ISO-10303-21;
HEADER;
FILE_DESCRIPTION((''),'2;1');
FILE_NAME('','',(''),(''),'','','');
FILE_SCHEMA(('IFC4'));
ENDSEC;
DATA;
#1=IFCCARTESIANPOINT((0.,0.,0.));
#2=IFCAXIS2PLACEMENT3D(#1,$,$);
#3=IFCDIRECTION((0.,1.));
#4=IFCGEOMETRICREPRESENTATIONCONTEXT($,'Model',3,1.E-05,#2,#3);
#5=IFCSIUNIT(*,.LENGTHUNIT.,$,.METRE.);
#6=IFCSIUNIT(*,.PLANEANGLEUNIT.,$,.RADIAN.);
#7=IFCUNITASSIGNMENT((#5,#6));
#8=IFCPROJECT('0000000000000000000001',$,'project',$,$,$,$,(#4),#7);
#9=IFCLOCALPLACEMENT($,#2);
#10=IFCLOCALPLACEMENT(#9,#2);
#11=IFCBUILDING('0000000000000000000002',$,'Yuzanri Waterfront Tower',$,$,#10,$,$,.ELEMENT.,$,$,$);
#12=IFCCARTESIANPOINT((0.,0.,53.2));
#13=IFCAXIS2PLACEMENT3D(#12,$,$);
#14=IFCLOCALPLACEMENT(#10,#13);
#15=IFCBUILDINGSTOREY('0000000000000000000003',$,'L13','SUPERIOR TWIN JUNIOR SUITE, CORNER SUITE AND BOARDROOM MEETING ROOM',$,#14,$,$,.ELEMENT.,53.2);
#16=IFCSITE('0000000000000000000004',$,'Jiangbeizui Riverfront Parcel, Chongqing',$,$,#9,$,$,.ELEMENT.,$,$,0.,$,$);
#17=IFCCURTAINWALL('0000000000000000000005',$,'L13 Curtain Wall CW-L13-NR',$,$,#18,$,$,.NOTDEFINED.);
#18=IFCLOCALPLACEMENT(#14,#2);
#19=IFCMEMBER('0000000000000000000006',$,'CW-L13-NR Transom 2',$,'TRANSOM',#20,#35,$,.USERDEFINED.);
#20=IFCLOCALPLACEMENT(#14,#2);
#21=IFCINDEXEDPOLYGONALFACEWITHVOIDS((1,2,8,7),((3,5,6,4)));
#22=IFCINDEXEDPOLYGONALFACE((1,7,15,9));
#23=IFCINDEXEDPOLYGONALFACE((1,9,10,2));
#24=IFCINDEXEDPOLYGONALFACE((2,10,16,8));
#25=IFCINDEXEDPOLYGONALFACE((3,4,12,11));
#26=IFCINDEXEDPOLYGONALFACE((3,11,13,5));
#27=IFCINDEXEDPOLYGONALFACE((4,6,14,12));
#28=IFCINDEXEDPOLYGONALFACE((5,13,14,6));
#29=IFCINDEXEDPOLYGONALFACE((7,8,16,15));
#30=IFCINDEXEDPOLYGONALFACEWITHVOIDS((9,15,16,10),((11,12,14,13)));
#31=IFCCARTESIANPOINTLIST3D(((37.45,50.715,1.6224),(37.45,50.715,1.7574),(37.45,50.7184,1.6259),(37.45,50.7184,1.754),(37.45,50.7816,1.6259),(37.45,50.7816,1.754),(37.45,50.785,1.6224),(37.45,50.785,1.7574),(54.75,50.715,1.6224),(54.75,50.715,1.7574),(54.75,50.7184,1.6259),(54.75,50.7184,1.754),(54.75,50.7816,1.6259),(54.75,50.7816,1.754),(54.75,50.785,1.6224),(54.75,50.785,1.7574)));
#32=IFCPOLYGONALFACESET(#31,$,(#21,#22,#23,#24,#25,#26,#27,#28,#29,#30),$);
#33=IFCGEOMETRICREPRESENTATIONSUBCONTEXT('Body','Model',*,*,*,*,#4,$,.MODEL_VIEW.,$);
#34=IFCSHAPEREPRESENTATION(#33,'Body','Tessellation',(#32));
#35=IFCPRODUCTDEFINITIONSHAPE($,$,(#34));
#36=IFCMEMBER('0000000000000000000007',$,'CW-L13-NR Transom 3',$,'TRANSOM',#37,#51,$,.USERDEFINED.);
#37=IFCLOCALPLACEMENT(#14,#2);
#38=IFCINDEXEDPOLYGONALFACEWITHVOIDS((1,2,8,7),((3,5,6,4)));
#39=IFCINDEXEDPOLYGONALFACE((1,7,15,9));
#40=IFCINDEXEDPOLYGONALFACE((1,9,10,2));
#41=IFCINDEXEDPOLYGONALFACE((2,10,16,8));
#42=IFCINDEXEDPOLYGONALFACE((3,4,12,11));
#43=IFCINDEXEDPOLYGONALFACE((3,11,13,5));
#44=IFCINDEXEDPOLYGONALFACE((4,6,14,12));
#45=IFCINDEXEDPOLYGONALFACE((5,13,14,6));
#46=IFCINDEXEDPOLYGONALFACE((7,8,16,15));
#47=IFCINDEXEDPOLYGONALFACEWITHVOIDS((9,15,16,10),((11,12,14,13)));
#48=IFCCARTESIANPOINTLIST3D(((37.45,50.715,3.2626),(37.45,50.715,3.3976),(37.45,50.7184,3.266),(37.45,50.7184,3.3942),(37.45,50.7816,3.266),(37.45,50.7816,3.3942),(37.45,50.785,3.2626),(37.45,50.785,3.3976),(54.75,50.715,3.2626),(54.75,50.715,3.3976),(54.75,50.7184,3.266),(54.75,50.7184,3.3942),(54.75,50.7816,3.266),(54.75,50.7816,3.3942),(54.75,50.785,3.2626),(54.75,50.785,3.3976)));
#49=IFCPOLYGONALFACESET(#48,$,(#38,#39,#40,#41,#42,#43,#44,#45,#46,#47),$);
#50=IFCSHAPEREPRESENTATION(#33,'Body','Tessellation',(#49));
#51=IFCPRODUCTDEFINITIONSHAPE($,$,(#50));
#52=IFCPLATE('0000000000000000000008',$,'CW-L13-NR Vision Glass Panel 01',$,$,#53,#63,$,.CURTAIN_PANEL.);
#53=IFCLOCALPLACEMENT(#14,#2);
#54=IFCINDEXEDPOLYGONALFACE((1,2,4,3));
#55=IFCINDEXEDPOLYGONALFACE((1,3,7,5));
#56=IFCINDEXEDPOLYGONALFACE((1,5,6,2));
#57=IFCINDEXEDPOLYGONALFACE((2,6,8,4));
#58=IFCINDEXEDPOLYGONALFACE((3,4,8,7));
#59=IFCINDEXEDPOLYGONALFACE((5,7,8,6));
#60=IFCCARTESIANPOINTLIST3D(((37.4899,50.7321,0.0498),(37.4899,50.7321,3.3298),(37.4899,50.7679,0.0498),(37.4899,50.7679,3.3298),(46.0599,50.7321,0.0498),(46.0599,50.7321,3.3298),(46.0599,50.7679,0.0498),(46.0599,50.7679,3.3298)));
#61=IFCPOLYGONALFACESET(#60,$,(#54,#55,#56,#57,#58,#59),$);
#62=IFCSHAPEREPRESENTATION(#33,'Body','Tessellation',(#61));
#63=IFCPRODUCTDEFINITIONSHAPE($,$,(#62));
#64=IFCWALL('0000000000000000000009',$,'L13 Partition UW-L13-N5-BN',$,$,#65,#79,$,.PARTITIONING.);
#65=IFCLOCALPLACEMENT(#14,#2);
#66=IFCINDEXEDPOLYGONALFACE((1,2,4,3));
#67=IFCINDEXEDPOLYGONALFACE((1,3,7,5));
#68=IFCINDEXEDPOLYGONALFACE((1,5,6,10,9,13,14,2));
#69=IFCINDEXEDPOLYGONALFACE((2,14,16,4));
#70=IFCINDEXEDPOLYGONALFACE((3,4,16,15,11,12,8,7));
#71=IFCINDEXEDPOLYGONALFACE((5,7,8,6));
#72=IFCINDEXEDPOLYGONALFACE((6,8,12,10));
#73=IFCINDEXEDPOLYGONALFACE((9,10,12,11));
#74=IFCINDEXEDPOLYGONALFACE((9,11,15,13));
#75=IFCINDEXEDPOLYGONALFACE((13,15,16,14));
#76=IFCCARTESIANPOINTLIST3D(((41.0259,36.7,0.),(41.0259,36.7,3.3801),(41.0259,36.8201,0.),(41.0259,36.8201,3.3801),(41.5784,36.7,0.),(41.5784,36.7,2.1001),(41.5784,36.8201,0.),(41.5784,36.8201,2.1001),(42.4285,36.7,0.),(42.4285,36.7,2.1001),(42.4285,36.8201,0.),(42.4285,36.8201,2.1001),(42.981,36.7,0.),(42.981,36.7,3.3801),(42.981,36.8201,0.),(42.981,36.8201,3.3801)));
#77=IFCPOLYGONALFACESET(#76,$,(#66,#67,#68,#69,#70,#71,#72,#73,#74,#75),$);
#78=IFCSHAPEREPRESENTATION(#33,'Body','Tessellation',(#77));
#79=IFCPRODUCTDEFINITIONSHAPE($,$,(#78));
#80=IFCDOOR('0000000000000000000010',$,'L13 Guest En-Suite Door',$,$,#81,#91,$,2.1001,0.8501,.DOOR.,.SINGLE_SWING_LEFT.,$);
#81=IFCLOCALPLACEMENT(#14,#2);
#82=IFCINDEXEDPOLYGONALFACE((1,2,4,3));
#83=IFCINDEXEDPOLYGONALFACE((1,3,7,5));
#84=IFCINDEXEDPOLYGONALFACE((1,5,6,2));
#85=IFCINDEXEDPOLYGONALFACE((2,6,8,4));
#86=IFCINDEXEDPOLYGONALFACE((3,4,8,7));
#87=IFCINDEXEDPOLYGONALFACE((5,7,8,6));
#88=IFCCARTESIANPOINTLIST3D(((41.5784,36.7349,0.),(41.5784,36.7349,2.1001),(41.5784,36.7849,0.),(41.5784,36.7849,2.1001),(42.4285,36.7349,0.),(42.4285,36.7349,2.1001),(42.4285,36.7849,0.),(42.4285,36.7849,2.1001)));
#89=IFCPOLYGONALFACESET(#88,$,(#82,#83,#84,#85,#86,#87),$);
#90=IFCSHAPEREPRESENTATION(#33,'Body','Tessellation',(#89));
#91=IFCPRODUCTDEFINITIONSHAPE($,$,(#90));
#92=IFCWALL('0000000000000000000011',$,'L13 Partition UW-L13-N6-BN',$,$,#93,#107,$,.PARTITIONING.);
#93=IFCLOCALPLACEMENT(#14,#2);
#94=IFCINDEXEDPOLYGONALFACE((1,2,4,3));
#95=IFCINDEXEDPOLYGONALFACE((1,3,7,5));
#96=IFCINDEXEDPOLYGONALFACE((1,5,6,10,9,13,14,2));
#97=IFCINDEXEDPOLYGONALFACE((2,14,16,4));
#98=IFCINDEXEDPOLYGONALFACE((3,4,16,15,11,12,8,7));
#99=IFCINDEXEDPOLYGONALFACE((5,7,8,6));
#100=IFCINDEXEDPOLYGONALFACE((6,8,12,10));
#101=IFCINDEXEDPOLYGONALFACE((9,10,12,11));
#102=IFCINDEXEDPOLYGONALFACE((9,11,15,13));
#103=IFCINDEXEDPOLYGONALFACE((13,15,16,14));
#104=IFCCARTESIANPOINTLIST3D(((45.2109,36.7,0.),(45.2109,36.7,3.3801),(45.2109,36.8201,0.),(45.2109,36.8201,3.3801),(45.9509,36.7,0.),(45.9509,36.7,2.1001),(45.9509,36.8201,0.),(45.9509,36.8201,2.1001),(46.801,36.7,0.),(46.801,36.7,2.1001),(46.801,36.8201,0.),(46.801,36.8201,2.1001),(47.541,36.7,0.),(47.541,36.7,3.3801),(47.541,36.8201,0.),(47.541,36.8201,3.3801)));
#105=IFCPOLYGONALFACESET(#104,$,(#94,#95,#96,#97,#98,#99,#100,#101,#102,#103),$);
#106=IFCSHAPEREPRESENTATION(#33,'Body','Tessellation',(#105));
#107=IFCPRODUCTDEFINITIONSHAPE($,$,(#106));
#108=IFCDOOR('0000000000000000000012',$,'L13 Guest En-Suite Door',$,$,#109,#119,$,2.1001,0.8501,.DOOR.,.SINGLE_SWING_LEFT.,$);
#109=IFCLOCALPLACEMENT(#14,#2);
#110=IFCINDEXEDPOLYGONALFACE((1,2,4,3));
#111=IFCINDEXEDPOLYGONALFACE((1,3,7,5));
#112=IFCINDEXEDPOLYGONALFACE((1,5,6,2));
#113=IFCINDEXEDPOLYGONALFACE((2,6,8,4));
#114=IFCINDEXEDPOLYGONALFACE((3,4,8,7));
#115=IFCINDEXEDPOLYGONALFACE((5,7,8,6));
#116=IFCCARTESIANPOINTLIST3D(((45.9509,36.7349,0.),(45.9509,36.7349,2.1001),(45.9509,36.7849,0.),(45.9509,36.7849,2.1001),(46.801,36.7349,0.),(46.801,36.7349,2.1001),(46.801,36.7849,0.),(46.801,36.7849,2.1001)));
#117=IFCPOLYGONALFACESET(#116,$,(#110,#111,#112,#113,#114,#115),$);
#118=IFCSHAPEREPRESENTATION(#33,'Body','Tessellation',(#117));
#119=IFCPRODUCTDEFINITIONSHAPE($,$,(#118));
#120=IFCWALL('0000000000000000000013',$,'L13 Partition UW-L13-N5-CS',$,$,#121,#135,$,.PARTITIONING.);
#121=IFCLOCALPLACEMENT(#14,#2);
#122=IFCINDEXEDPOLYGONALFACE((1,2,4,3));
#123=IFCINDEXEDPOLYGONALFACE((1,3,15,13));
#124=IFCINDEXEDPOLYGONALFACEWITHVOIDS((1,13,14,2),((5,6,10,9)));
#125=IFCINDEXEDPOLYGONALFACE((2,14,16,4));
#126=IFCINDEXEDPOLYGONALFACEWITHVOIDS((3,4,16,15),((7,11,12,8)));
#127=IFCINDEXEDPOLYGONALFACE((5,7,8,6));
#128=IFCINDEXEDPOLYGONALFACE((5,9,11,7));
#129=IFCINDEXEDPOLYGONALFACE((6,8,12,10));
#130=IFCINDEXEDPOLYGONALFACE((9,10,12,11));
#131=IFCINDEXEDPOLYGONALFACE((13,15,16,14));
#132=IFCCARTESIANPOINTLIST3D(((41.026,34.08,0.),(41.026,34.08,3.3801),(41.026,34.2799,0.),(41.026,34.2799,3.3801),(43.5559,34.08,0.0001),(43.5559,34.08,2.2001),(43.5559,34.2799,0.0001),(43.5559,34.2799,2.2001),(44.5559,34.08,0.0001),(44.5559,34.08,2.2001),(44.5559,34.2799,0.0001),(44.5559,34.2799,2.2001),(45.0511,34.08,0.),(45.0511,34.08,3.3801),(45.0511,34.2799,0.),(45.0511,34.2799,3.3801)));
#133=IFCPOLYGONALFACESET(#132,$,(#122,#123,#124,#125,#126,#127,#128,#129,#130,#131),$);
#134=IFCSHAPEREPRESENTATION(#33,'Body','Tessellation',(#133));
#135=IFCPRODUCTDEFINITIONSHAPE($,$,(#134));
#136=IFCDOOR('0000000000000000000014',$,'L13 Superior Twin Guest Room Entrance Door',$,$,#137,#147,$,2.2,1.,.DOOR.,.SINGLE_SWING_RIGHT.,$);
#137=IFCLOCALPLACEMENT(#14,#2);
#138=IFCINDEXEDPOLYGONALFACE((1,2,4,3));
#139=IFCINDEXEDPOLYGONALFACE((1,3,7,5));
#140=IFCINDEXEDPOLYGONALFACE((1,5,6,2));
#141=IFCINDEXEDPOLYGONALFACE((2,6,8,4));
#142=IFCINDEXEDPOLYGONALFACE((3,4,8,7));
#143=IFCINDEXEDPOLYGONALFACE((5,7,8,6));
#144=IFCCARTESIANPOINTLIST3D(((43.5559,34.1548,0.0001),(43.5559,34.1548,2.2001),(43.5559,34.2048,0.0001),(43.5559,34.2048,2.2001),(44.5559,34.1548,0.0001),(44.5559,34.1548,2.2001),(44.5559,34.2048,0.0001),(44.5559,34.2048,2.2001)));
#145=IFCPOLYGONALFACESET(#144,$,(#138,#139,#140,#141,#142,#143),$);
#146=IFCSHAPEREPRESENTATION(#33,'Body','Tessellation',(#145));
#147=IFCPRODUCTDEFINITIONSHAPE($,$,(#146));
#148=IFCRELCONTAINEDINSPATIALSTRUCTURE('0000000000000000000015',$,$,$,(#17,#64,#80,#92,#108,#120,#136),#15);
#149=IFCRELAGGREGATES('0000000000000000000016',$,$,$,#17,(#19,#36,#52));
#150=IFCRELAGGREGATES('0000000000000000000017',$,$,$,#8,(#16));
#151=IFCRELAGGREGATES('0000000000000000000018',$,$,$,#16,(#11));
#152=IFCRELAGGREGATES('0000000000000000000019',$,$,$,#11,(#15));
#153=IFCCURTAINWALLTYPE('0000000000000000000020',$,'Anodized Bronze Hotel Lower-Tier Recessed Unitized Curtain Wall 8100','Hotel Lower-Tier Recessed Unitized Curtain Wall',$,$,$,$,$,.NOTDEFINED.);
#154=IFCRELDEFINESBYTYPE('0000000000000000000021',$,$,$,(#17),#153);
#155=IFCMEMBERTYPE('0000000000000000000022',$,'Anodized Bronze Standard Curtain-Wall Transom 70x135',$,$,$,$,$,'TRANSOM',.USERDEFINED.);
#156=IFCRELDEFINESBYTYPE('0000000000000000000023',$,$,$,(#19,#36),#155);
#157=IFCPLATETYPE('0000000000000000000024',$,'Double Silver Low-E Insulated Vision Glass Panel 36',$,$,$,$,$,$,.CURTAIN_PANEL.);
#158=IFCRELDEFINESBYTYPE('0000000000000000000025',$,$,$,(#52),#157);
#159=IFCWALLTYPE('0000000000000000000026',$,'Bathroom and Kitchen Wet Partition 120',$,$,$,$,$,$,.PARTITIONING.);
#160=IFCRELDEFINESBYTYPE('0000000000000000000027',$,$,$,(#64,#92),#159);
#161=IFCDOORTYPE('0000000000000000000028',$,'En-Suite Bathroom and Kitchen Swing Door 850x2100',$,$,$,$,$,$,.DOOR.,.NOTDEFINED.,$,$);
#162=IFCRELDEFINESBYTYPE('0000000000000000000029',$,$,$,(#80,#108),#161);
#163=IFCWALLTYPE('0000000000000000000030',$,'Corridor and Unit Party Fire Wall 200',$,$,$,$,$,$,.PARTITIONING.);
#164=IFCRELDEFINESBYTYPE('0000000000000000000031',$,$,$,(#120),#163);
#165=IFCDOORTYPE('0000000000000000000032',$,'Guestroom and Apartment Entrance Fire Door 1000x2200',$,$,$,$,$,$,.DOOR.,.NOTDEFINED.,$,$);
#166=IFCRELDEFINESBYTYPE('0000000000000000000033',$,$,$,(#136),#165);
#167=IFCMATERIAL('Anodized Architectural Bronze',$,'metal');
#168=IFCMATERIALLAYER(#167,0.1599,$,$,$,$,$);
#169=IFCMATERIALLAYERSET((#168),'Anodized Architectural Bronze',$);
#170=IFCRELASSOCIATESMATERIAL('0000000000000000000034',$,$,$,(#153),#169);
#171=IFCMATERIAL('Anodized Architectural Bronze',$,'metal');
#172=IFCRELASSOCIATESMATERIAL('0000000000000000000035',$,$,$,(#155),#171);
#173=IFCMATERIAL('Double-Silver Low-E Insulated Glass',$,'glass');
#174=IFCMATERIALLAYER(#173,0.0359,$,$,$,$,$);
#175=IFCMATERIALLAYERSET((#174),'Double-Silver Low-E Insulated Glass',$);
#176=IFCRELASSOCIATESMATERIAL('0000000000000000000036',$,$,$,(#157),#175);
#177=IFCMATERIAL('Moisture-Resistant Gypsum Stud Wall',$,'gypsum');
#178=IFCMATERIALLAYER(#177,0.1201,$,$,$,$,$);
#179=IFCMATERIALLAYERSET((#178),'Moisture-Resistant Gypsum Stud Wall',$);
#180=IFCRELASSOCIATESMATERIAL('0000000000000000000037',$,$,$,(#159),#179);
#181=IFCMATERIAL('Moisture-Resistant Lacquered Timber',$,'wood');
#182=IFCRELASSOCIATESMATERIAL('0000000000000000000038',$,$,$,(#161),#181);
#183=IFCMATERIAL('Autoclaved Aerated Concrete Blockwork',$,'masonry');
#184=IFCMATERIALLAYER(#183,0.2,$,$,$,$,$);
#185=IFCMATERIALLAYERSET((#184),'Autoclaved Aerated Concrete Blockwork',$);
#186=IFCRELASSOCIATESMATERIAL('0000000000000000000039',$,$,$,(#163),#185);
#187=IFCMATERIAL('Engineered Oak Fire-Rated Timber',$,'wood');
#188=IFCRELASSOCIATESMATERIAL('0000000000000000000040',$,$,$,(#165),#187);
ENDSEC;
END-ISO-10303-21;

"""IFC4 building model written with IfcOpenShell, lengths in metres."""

from ifc_helpers import new_model, si_unit, direction, frame, frame_2d, origin, origin_2d, place, context, subcontext, project, spatial, rectangle, hollow_rectangle, extrude, source, transform, mapped, material, layer, layer_set, material_profile, profile_set, type_object, element, fill, aggregate, save


model = new_model("IFC4")

# Units and contexts
model_context = context("Model", 3, precision=1e-05, world=origin(), true_north=direction((0.0, 1.0)))
body_context = subcontext(model_context, "Body", "Model", "MODEL_VIEW")
ifc_project = project(units=[si_unit("LENGTHUNIT", "METRE"), si_unit("PLANEANGLEUNIT", "RADIAN")], contexts=[model_context])

# Site, building, storey
site_placement = place(None, origin())
site = spatial("IfcSite", under=ifc_project, at=site_placement, Name="Jiangbeizui Riverfront Parcel, Chongqing", CompositionType="ELEMENT", RefElevation=0.0)
building_placement = place(site_placement, origin())
building = spatial("IfcBuilding", under=site, at=building_placement, Name="Yuzanri Waterfront Tower", CompositionType="ELEMENT")
storey_placement = place(building_placement, frame((0.0, 0.0, 53.2)))
storey = spatial("IfcBuildingStorey", under=building, at=storey_placement, Name="L13", Description="SUPERIOR TWIN JUNIOR SUITE, CORNER SUITE AND BOARDROOM MEETING ROOM", CompositionType="ELEMENT", Elevation=53.2)

# Shared definitions
ifc_material_1 = material(Name="Anodized Architectural Bronze", Category="metal")
ifc_layer_1 = layer(ifc_material_1, 0.1599)
ifc_layer_set_1 = layer_set([ifc_layer_1], Name="Anodized Architectural Bronze")
curtain_wall_type = type_object("IfcCurtainWallType", Name="Anodized Bronze Hotel Lower-Tier Recessed Unitized Curtain Wall 8100", Description="Hotel Lower-Tier Recessed Unitized Curtain Wall", PredefinedType="NOTDEFINED", material=ifc_layer_set_1)

# Curtain wall, members, plate
curtain_wall_1_placement = place(storey_placement, origin())
curtain_wall_1 = element("IfcCurtainWall", 1, at=curtain_wall_1_placement, inside=storey, type_object=curtain_wall_type, Name="L13 Curtain Wall CW-L13-NR", PredefinedType="NOTDEFINED")
ifc_material_2 = material(Name="Anodized Architectural Bronze", Category="metal")
ifc_material_profile_1 = material_profile(ifc_material_2, hollow_rectangle(XDim=0.0701, YDim=0.135, WallThickness=0.0034, at=origin_2d()), Name="CWT 70x135")
ifc_profile_set_1 = profile_set([ifc_material_profile_1], Name="Anodized Architectural Bronze")
member_type_1 = type_object("IfcMemberType", Name="Anodized Bronze Standard Curtain-Wall Transom 70x135", ElementType="TRANSOM", PredefinedType="USERDEFINED", material=ifc_profile_set_1)
shared_shape_1 = source(origin(), body_context, "Body", "SweptSolid", [
    extrude(hollow_rectangle(XDim=0.0701, YDim=0.135, WallThickness=0.0034, at=origin_2d()), origin(), (0.0, 0.0, 1.0), 17.3),
])
member_1_placement = place(storey_placement, frame((37.45, 50.75, 1.6899), z_axis=(1.0, 0.0, 0.0), x_axis=(0.0, 1.0, 0.0)))
member_1 = element("IfcMember", 2, at=member_1_placement, type_object=member_type_1, Name="CW-L13-NR Transom 2", ObjectType="TRANSOM", PredefinedType="USERDEFINED", context=body_context, shape_type="MappedRepresentation", body=[
    mapped(shared_shape_1, transform((0.0, 0.0, 0.0), scale=1.0)),
])
member_2_placement = place(storey_placement, frame((37.45, 50.75, 3.3301), z_axis=(1.0, 0.0, 0.0), x_axis=(0.0, 1.0, 0.0)))
member_2 = element("IfcMember", 3, at=member_2_placement, type_object=member_type_1, Name="CW-L13-NR Transom 3", ObjectType="TRANSOM", PredefinedType="USERDEFINED", context=body_context, shape_type="MappedRepresentation", body=[
    mapped(shared_shape_1, transform((0.0, 0.0, 0.0), scale=1.0)),
])
ifc_material_3 = material(Name="Double-Silver Low-E Insulated Glass", Category="glass")
ifc_layer_2 = layer(ifc_material_3, 0.0359)
ifc_layer_set_2 = layer_set([ifc_layer_2], Name="Double-Silver Low-E Insulated Glass")
plate_type = type_object("IfcPlateType", Name="Double Silver Low-E Insulated Vision Glass Panel 36", PredefinedType="CURTAIN_PANEL", material=ifc_layer_set_2)
shared_shape_2 = source(origin(), body_context, "Body", "SweptSolid", [
    extrude(rectangle(XDim=8.5701, YDim=0.0359, at=origin_2d()), origin(), (0.0, 0.0, 1.0), 3.28),
])
plate_placement = place(storey_placement, frame((41.7749, 50.75, 0.0498), z_axis=(0.0, 0.0, 1.0), x_axis=(1.0, 0.0, 0.0)))
plate = element("IfcPlate", 4, at=plate_placement, type_object=plate_type, Name="CW-L13-NR Vision Glass Panel 01", PredefinedType="CURTAIN_PANEL", context=body_context, shape_type="MappedRepresentation", body=[
    mapped(shared_shape_2, transform((0.0, 0.0, 0.0), scale=1.0)),
])
aggregate(curtain_wall_1, [member_1, member_2, plate])

# Walls, openings, doors
ifc_material_4 = material(Name="Moisture-Resistant Gypsum Stud Wall", Category="gypsum")
ifc_layer_3 = layer(ifc_material_4, 0.1201)
ifc_layer_set_3 = layer_set([ifc_layer_3], Name="Moisture-Resistant Gypsum Stud Wall")
wall_type_1 = type_object("IfcWallType", Name="Bathroom and Kitchen Wet Partition 120", PredefinedType="PARTITIONING", material=ifc_layer_set_3)
wall_1_placement = place(storey_placement, frame((41.0259, 36.76, 0.0), z_axis=(0.0, 0.0, 1.0), x_axis=(1.0, 0.0, 0.0)))
wall_1 = element("IfcWall", 5, at=wall_1_placement, inside=storey, type_object=wall_type_1, Name="L13 Partition UW-L13-N5-BN", PredefinedType="PARTITIONING", context=body_context, shape_type="SweptSolid", body=[
    extrude(rectangle(XDim=1.9551, YDim=0.1201, at=frame_2d((0.9775, 0.0))), origin(), (0.0, 0.0, 1.0), 3.3801),
])
opening_1_placement = place(wall_1_placement, frame((0.5525, 0.0, 0.0)))
opening_1 = element("IfcOpeningElement", 6, at=opening_1_placement, cuts=wall_1, PredefinedType="OPENING", context=body_context, shape_type="SweptSolid", body=[
    extrude(rectangle(XDim=0.8501, YDim=2.1001, at=frame_2d((0.425, 1.05))), frame((0.0, 0.075, 0.0), z_axis=(0.0, -1.0, 0.0), x_axis=(1.0, 0.0, 0.0)), (0.0, 0.0, 1.0), 0.1499),
])
ifc_material_5 = material(Name="Moisture-Resistant Lacquered Timber", Category="wood")
door_type_1 = type_object("IfcDoorType", Name="En-Suite Bathroom and Kitchen Swing Door 850x2100", OperationType="NOTDEFINED", PredefinedType="DOOR", material=ifc_material_5)
shared_shape_3 = source(origin(), body_context, "Body", "SweptSolid", [
    extrude(rectangle(XDim=0.8501, YDim=2.1001, at=frame_2d((0.425, 1.05))), frame((0.0, 0.0249, 0.0), z_axis=(0.0, -1.0, 0.0), x_axis=(1.0, 0.0, 0.0)), (0.0, 0.0, 1.0), 0.05),
])
door_1_placement = place(opening_1_placement, origin())
door_1 = element("IfcDoor", 7, at=door_1_placement, inside=storey, type_object=door_type_1, Name="L13 Guest En-Suite Door", OperationType="SINGLE_SWING_LEFT", OverallHeight=2.1001, OverallWidth=0.8501, PredefinedType="DOOR", context=body_context, shape_type="MappedRepresentation", body=[
    mapped(shared_shape_3, transform((0.0, 0.0, 0.0), scale=1.0)),
])
fill(opening_1, door_1)
wall_2_placement = place(storey_placement, frame((45.2109, 36.76, 0.0), z_axis=(0.0, 0.0, 1.0), x_axis=(1.0, 0.0, 0.0)))
wall_2 = element("IfcWall", 8, at=wall_2_placement, inside=storey, type_object=wall_type_1, Name="L13 Partition UW-L13-N6-BN", PredefinedType="PARTITIONING", context=body_context, shape_type="SweptSolid", body=[
    extrude(rectangle(XDim=2.3301, YDim=0.1201, at=frame_2d((1.165, 0.0))), origin(), (0.0, 0.0, 1.0), 3.3801),
])
opening_2_placement = place(wall_2_placement, frame((0.74, 0.0, 0.0)))
opening_2 = element("IfcOpeningElement", 9, at=opening_2_placement, cuts=wall_2, PredefinedType="OPENING", context=body_context, shape_type="SweptSolid", body=[
    extrude(rectangle(XDim=0.8501, YDim=2.1001, at=frame_2d((0.425, 1.05))), frame((0.0, 0.075, 0.0), z_axis=(0.0, -1.0, 0.0), x_axis=(1.0, 0.0, 0.0)), (0.0, 0.0, 1.0), 0.1499),
])
door_2_placement = place(opening_2_placement, origin())
door_2 = element("IfcDoor", 10, at=door_2_placement, inside=storey, type_object=door_type_1, Name="L13 Guest En-Suite Door", OperationType="SINGLE_SWING_LEFT", OverallHeight=2.1001, OverallWidth=0.8501, PredefinedType="DOOR", context=body_context, shape_type="MappedRepresentation", body=[
    mapped(shared_shape_3, transform((0.0, 0.0, 0.0), scale=1.0)),
])
fill(opening_2, door_2)
ifc_material_6 = material(Name="Autoclaved Aerated Concrete Blockwork", Category="masonry")
ifc_layer_4 = layer(ifc_material_6, 0.2)
ifc_layer_set_4 = layer_set([ifc_layer_4], Name="Autoclaved Aerated Concrete Blockwork")
wall_type_2 = type_object("IfcWallType", Name="Corridor and Unit Party Fire Wall 200", PredefinedType="PARTITIONING", material=ifc_layer_set_4)
wall_3_placement = place(storey_placement, frame((41.0259, 34.1799, 0.0), z_axis=(0.0, 0.0, 1.0), x_axis=(1.0, 0.0, 0.0)))
wall_3 = element("IfcWall", 11, at=wall_3_placement, inside=storey, type_object=wall_type_2, Name="L13 Partition UW-L13-N5-CS", PredefinedType="PARTITIONING", context=body_context, shape_type="SweptSolid", body=[
    extrude(rectangle(XDim=4.0251, YDim=0.2, at=frame_2d((2.0127, 0.0))), origin(), (0.0, 0.0, 1.0), 3.3801),
])
opening_3_placement = place(wall_3_placement, frame((2.53, 0.0, 0.0)))
opening_3 = element("IfcOpeningElement", 12, at=opening_3_placement, cuts=wall_3, PredefinedType="OPENING", context=body_context, shape_type="SweptSolid", body=[
    extrude(rectangle(XDim=1.0, YDim=2.2, at=frame_2d((0.5, 1.1001))), frame((0.0, 0.1147, 0.0), z_axis=(0.0, -1.0, 0.0), x_axis=(1.0, 0.0, 0.0)), (0.0, 0.0, 1.0), 0.2297),
])
ifc_material_7 = material(Name="Engineered Oak Fire-Rated Timber", Category="wood")
door_type_2 = type_object("IfcDoorType", Name="Guestroom and Apartment Entrance Fire Door 1000x2200", OperationType="NOTDEFINED", PredefinedType="DOOR", material=ifc_material_7)
shared_shape_4 = source(origin(), body_context, "Body", "SweptSolid", [
    extrude(rectangle(XDim=1.0, YDim=2.2, at=frame_2d((0.5, 1.1001))), frame((0.0, 0.0249, 0.0), z_axis=(0.0, -1.0, 0.0), x_axis=(1.0, 0.0, 0.0)), (0.0, 0.0, 1.0), 0.05),
])
door_3_placement = place(opening_3_placement, origin())
door_3 = element("IfcDoor", 13, at=door_3_placement, inside=storey, type_object=door_type_2, Name="L13 Superior Twin Guest Room Entrance Door", OperationType="SINGLE_SWING_RIGHT", OverallHeight=2.2, OverallWidth=1.0, PredefinedType="DOOR", context=body_context, shape_type="MappedRepresentation", body=[
    mapped(shared_shape_4, transform((0.0, 0.0, 0.0), scale=1.0)),
])
fill(opening_3, door_3)

save(model, "model.ifc")
